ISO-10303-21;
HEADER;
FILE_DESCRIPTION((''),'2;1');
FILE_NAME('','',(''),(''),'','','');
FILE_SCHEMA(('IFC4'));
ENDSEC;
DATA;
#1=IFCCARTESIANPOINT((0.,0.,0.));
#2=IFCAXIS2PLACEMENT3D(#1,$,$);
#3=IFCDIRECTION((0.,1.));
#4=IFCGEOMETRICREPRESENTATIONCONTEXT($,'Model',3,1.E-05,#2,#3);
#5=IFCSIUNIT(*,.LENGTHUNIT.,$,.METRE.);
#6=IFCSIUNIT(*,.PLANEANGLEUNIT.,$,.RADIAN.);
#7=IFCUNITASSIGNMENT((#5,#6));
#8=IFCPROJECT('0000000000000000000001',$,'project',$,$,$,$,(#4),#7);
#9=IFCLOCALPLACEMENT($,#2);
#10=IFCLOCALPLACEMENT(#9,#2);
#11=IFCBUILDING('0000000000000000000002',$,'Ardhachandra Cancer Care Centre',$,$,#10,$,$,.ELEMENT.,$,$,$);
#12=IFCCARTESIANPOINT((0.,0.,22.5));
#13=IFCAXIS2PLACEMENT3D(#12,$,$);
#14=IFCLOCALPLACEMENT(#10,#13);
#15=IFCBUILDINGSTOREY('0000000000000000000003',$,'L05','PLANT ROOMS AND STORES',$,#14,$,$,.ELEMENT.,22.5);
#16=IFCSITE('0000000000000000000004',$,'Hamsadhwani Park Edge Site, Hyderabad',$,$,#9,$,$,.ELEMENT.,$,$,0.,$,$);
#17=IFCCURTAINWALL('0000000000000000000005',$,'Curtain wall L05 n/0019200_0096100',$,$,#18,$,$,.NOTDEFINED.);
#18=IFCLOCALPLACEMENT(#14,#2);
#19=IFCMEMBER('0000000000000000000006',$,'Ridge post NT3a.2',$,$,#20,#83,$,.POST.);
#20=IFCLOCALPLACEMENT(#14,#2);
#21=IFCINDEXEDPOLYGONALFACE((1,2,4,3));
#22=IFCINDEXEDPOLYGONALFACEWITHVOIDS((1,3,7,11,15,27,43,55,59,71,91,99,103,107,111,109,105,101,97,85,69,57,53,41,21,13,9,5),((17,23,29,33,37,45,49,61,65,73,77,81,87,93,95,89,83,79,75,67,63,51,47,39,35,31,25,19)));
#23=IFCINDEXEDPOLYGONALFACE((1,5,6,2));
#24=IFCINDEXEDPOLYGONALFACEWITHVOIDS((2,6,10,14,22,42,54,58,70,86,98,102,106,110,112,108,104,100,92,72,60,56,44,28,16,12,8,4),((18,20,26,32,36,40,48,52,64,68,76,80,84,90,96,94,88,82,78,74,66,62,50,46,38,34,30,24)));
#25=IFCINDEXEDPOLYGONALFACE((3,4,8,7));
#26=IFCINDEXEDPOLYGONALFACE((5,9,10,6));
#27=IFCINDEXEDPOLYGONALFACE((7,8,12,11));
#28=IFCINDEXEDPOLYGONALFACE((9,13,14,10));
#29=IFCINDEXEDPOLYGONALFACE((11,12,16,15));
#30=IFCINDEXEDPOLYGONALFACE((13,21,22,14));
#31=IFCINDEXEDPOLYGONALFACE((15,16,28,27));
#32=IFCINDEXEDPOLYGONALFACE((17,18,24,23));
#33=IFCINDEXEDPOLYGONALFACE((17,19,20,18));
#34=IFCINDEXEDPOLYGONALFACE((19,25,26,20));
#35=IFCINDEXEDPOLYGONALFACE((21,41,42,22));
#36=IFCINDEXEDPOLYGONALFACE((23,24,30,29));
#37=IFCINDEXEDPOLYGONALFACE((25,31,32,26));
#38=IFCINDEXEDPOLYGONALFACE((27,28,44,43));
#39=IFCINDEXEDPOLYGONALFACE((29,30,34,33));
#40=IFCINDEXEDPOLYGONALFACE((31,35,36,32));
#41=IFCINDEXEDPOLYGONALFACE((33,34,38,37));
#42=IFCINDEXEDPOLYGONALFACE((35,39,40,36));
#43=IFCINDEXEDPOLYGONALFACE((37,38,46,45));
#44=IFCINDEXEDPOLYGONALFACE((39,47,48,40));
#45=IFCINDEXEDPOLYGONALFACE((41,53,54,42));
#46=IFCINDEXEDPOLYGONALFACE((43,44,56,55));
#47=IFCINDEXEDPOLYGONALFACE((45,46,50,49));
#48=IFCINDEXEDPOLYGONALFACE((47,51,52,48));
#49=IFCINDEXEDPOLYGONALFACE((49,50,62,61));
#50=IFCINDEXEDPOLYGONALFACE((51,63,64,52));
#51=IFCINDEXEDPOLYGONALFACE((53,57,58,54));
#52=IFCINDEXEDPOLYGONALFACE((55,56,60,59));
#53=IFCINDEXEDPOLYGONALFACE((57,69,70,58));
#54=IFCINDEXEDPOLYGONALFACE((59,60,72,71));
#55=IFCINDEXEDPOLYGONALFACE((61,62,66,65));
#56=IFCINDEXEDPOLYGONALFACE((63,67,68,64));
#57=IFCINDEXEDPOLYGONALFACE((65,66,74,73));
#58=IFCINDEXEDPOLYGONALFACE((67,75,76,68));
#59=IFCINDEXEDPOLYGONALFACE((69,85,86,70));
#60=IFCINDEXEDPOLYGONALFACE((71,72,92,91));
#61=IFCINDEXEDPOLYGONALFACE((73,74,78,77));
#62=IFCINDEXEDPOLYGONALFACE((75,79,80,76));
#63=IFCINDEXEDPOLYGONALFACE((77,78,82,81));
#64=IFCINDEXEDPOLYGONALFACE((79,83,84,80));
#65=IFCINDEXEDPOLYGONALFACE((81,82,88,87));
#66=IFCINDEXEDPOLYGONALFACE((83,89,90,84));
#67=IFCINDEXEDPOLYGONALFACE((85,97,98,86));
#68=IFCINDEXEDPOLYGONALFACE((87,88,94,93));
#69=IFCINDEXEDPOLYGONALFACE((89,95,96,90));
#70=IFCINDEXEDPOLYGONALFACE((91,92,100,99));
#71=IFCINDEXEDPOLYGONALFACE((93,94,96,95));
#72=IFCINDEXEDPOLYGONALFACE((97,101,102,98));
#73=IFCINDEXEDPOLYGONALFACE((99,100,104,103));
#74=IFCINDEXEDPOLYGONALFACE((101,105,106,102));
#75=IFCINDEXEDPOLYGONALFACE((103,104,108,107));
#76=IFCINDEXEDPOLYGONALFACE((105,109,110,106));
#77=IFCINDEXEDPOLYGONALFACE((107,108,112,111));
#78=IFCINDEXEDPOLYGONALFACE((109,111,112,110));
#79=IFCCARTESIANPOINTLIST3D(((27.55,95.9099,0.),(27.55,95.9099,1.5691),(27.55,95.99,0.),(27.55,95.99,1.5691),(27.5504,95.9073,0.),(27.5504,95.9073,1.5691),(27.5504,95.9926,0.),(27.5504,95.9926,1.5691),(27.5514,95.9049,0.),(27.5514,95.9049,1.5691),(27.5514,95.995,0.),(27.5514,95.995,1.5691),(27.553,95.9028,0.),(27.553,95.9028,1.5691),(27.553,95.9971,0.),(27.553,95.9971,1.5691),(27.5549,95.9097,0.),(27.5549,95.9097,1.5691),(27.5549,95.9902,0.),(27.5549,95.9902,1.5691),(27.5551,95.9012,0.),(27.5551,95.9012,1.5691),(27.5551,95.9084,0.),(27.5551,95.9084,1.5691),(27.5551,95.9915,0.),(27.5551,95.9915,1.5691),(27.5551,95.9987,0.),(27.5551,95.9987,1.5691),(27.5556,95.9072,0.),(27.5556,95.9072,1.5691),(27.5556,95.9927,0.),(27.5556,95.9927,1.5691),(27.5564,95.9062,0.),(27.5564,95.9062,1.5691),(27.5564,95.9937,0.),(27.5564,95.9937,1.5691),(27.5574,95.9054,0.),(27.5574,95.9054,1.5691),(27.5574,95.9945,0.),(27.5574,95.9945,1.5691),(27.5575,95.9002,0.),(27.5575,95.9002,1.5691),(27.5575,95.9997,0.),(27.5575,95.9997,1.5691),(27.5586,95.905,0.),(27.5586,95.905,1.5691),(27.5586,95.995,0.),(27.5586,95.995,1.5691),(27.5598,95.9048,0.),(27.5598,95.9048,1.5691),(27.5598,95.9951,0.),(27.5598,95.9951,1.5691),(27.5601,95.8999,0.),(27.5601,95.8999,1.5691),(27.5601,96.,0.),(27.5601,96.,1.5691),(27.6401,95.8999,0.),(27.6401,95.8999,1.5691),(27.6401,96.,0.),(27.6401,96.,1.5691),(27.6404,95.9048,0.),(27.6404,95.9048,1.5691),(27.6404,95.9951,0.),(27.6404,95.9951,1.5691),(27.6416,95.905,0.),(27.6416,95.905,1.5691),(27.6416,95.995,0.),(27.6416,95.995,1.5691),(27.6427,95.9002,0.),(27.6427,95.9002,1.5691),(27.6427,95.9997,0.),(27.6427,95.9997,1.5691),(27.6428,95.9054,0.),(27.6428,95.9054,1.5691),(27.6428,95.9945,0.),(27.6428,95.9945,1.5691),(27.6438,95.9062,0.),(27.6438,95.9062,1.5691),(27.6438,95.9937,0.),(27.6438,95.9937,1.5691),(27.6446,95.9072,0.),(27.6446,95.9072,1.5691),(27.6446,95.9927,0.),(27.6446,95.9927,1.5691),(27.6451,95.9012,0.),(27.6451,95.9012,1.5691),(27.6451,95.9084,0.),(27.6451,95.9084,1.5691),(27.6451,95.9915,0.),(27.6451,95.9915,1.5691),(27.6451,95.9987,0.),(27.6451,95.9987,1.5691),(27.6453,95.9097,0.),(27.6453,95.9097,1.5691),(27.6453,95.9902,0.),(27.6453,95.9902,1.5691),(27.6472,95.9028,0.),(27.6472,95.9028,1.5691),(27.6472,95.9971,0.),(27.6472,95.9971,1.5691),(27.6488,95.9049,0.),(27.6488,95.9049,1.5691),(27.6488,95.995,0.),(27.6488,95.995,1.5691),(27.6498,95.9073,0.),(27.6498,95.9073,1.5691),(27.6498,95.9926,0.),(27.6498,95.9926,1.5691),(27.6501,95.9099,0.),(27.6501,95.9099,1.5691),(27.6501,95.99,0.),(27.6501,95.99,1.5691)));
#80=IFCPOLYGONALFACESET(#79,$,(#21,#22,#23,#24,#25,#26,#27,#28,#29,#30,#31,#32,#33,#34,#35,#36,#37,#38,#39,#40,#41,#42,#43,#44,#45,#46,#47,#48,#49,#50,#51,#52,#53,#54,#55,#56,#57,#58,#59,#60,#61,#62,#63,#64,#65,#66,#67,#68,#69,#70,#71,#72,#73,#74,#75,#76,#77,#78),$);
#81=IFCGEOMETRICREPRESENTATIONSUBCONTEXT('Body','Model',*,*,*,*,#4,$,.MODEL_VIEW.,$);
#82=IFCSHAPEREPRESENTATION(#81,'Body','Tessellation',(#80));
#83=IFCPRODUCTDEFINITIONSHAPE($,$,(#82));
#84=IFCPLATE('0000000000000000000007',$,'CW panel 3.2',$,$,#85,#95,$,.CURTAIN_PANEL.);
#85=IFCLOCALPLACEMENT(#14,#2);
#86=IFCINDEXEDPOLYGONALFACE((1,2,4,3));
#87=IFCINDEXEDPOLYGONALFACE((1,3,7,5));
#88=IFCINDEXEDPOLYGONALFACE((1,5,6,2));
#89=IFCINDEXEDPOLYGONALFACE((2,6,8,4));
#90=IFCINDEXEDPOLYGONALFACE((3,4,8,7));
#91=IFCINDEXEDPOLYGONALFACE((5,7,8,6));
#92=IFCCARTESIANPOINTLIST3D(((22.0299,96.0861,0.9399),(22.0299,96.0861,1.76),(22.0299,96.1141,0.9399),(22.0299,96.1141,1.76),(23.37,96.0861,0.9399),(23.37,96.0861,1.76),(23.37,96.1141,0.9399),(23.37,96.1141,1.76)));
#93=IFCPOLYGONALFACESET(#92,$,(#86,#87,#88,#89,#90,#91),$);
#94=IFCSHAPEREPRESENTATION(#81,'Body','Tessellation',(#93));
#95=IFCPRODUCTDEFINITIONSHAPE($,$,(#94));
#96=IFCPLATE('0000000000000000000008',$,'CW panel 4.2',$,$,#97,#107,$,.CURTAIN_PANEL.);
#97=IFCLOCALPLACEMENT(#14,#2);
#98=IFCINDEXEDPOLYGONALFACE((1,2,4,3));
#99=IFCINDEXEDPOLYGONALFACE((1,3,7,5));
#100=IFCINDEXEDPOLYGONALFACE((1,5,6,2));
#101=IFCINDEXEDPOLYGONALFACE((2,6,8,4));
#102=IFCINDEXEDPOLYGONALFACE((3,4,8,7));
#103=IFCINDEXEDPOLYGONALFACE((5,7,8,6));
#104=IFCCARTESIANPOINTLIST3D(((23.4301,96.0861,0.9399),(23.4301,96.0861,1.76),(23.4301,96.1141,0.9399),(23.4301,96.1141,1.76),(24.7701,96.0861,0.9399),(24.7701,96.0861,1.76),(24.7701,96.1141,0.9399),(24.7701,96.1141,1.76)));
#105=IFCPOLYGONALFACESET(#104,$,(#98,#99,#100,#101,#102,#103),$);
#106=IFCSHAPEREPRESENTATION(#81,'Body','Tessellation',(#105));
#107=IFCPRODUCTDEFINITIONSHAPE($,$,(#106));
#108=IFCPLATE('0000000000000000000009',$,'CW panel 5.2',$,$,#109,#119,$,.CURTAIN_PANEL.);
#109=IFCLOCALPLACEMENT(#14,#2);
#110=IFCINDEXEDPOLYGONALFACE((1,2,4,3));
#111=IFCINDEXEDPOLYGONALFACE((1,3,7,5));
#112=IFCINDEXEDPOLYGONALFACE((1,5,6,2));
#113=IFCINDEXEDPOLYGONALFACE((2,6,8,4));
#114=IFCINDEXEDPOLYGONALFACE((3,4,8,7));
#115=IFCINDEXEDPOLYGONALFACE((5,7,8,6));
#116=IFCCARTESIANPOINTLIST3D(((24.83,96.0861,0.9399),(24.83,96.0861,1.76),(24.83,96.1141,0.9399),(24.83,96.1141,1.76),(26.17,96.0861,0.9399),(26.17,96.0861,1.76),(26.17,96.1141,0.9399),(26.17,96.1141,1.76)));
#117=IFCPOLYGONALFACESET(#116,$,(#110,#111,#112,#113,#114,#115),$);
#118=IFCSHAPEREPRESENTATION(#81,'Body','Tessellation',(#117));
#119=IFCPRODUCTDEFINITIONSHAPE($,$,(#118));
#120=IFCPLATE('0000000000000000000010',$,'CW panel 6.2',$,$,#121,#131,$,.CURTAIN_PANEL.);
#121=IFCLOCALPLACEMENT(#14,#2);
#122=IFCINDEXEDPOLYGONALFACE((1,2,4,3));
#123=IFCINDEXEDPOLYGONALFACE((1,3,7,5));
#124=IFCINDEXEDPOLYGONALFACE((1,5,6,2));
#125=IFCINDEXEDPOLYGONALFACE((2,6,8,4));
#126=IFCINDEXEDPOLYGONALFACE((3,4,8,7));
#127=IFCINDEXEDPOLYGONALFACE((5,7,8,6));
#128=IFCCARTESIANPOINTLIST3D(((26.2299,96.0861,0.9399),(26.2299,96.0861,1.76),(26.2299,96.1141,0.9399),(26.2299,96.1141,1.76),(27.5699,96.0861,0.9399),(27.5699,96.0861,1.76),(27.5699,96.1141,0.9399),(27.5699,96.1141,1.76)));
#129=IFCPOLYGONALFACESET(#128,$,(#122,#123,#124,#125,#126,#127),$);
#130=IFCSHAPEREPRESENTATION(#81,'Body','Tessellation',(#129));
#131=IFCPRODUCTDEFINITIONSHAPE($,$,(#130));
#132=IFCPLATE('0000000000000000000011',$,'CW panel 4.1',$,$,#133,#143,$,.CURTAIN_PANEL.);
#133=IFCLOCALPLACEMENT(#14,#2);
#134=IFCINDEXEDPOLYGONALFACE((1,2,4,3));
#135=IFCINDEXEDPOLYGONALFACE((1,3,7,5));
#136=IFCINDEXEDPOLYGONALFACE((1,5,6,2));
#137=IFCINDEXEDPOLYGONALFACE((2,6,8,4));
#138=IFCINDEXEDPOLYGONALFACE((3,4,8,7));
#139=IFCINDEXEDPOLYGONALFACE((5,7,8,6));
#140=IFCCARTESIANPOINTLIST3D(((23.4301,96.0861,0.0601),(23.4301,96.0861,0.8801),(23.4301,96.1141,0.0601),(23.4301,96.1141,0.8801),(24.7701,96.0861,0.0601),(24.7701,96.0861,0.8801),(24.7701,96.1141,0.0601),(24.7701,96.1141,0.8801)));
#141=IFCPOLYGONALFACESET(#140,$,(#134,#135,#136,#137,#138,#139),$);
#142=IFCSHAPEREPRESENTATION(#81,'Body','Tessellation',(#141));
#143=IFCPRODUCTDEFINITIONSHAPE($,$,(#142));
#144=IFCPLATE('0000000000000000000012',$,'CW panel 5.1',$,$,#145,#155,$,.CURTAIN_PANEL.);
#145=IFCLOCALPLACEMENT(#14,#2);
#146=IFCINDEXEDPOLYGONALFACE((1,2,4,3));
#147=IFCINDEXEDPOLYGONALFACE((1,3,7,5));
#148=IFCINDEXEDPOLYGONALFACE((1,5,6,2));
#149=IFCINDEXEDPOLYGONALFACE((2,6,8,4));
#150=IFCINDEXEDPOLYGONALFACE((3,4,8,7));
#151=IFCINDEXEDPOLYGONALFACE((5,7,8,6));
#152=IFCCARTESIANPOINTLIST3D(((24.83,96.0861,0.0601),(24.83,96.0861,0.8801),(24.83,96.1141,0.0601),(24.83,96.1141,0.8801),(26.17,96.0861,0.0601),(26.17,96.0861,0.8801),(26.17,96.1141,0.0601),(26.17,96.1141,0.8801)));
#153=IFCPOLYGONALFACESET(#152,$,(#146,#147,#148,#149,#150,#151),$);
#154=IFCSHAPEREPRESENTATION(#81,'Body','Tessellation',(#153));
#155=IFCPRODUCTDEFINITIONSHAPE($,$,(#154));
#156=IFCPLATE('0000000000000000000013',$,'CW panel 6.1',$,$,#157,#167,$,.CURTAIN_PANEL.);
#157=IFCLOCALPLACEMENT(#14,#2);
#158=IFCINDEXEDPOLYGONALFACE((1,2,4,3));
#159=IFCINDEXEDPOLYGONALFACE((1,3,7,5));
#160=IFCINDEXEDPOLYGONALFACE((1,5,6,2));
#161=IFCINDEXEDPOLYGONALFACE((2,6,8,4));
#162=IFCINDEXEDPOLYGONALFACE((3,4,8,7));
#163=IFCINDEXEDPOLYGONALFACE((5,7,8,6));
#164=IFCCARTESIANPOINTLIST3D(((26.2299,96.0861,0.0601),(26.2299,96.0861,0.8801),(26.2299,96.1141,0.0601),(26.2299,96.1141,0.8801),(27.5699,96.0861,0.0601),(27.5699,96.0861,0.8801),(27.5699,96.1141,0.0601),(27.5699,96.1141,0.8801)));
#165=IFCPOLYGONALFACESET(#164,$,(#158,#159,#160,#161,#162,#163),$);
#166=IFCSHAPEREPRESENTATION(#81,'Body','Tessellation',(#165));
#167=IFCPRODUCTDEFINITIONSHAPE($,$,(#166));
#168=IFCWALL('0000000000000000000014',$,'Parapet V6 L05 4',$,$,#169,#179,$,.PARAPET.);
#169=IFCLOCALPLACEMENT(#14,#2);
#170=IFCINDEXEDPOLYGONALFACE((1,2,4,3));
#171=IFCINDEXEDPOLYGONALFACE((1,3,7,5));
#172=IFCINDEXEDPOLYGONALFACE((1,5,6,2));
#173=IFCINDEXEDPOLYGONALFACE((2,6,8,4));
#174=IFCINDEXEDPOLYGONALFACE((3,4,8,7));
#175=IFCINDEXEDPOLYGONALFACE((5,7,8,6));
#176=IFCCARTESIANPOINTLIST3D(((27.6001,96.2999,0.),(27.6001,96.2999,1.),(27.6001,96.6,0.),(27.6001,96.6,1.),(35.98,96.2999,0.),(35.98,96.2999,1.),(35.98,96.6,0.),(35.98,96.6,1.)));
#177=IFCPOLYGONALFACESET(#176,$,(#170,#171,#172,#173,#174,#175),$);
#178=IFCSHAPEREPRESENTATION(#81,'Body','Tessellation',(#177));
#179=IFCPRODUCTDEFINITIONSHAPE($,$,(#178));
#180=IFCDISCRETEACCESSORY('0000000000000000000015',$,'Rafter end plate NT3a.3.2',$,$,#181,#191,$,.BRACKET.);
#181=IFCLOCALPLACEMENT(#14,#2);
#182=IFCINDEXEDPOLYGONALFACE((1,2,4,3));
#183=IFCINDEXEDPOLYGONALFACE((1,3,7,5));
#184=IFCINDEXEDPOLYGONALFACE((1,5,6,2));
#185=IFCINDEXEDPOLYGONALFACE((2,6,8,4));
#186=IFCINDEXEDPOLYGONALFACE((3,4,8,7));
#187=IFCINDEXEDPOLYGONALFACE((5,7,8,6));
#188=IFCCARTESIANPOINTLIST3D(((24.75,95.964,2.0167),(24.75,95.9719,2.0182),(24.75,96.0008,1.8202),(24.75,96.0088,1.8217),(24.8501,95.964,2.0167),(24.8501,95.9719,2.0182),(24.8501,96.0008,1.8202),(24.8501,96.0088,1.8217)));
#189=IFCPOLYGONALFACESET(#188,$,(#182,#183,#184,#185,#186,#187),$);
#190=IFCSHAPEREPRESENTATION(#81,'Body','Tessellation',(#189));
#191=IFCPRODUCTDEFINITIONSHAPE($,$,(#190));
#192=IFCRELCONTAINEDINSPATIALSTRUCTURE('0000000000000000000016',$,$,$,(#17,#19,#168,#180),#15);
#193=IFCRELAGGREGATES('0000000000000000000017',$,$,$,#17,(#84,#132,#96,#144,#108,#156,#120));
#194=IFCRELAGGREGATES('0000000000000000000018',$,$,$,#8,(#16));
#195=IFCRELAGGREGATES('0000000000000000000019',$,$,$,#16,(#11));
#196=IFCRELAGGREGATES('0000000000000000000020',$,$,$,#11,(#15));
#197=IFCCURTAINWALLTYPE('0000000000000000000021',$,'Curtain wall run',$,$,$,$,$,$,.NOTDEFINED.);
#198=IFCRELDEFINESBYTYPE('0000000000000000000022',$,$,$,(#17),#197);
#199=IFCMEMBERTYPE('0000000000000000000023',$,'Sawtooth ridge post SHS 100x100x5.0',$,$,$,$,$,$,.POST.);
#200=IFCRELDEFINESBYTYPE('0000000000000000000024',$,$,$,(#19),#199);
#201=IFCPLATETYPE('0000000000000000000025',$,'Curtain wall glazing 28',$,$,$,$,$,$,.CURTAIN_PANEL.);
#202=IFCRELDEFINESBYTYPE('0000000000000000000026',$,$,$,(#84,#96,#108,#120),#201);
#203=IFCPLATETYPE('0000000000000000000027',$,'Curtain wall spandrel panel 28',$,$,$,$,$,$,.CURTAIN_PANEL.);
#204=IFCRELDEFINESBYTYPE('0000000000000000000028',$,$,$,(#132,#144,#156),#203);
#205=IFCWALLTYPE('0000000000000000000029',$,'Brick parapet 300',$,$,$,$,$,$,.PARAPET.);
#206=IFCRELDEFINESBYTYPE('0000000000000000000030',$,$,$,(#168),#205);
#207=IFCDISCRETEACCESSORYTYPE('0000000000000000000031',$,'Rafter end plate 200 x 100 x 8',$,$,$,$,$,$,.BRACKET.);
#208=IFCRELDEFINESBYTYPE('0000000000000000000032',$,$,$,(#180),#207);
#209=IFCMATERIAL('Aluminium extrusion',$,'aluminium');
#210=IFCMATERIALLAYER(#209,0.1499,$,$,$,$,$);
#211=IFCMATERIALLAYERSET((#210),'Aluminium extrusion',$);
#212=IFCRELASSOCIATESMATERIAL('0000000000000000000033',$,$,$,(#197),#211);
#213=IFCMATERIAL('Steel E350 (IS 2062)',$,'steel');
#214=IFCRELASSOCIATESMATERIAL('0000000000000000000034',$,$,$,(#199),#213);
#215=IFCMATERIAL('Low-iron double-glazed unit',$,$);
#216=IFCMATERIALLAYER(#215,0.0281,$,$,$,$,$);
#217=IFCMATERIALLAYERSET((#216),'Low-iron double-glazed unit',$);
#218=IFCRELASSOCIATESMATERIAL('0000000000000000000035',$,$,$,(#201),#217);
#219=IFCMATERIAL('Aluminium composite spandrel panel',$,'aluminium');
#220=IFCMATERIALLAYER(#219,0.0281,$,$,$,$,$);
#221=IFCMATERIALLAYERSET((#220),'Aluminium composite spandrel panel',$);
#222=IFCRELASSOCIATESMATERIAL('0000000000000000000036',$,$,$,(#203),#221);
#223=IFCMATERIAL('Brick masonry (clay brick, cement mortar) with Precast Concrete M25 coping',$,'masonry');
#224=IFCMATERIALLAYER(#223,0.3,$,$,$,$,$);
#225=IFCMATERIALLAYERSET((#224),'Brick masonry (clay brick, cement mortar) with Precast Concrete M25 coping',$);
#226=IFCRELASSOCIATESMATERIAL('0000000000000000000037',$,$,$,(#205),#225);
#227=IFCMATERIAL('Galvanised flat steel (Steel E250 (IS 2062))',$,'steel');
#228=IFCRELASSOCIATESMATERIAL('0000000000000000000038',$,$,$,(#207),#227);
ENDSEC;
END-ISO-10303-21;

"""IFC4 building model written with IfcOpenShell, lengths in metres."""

from ifc_helpers import new_model, si_unit, direction, frame, frame_2d, origin, origin_2d, place, context, subcontext, project, spatial, rectangle, hollow_rectangle, extrude, material, layer, layer_set, material_profile, profile_set, type_object, element, aggregate, save


model = new_model("IFC4")

# Units and contexts
model_context = context("Model", 3, precision=1e-05, world=origin(), true_north=direction((0.0, 1.0)))
body_context = subcontext(model_context, "Body", "Model", "MODEL_VIEW")
ifc_project = project(units=[si_unit("LENGTHUNIT", "METRE"), si_unit("PLANEANGLEUNIT", "RADIAN")], contexts=[model_context])

# Site, building, storey
site_placement = place(None, origin())
site = spatial("IfcSite", under=ifc_project, at=site_placement, Name="Hamsadhwani Park Edge Site, Hyderabad", CompositionType="ELEMENT", RefElevation=0.0)
building_placement = place(site_placement, origin())
building = spatial("IfcBuilding", under=site, at=building_placement, Name="Ardhachandra Cancer Care Centre", CompositionType="ELEMENT")
storey_placement = place(building_placement, frame((0.0, 0.0, 22.5)))
storey = spatial("IfcBuildingStorey", under=building, at=storey_placement, Name="L05", Description="PLANT ROOMS AND STORES", CompositionType="ELEMENT", Elevation=22.5)

# Curtain wall
ifc_material_1 = material(Name="Aluminium extrusion", Category="aluminium")
ifc_layer_1 = layer(ifc_material_1, 0.1499)
ifc_layer_set_1 = layer_set([ifc_layer_1], Name="Aluminium extrusion")
curtain_wall_type = type_object("IfcCurtainWallType", Name="Curtain wall run", PredefinedType="NOTDEFINED", material=ifc_layer_set_1)
curtain_wall_placement = place(storey_placement, origin())
curtain_wall = element("IfcCurtainWall", 1, at=curtain_wall_placement, inside=storey, type_object=curtain_wall_type, Name="Curtain wall L05 n/0019200_0096100", PredefinedType="NOTDEFINED")

# Member
ifc_material_2 = material(Name="Steel E350 (IS 2062)", Category="steel")
ifc_material_profile_1 = material_profile(ifc_material_2, hollow_rectangle(XDim=0.1001, YDim=0.1001, WallThickness=0.0049, InnerFilletRadius=0.0049, OuterFilletRadius=0.01, at=origin_2d()), Name="SHS 100x100x5.0")
ifc_profile_set_1 = profile_set([ifc_material_profile_1], Name="Steel E350 (IS 2062)")
member_type_1 = type_object("IfcMemberType", Name="Sawtooth ridge post SHS 100x100x5.0", PredefinedType="POST", material=ifc_profile_set_1)
member_1_placement = place(storey_placement, frame((27.6001, 95.95, 0.0), z_axis=(0.0, 0.0, 1.0), x_axis=(1.0, 0.0, 0.0)))
element("IfcMember", 2, at=member_1_placement, inside=storey, type_object=member_type_1, Name="Ridge post NT3a.2", PredefinedType="POST", context=body_context, shape_type="SweptSolid", body=[
    extrude(hollow_rectangle(XDim=0.1001, YDim=0.1001, WallThickness=0.0049, InnerFilletRadius=0.0049, OuterFilletRadius=0.01, at=origin_2d()), origin(), (0.0, 0.0, 1.0), 1.5691),
])

# Plates
ifc_material_3 = material(Name="Low-iron double-glazed unit")
ifc_layer_2 = layer(ifc_material_3, 0.0281)
ifc_layer_set_2 = layer_set([ifc_layer_2], Name="Low-iron double-glazed unit")
plate_type_1 = type_object("IfcPlateType", Name="Curtain wall glazing 28", PredefinedType="CURTAIN_PANEL", material=ifc_layer_set_2)
plate_1_placement = place(storey_placement, frame((22.7, 96.1001, 0.9399), z_axis=(0.0, 0.0, 1.0), x_axis=(1.0, 0.0, 0.0)))
plate_1 = element("IfcPlate", 3, at=plate_1_placement, type_object=plate_type_1, Name="CW panel 3.2", PredefinedType="CURTAIN_PANEL", context=body_context, shape_type="SweptSolid", body=[
    extrude(rectangle(XDim=1.3401, YDim=0.0281, at=origin_2d()), origin(), (0.0, 0.0, 1.0), 0.8201),
])
plate_2_placement = place(storey_placement, frame((24.1001, 96.1001, 0.9399), z_axis=(0.0, 0.0, 1.0), x_axis=(1.0, 0.0, 0.0)))
plate_2 = element("IfcPlate", 4, at=plate_2_placement, type_object=plate_type_1, Name="CW panel 4.2", PredefinedType="CURTAIN_PANEL", context=body_context, shape_type="SweptSolid", body=[
    extrude(rectangle(XDim=1.3401, YDim=0.0281, at=origin_2d()), origin(), (0.0, 0.0, 1.0), 0.8201),
])
plate_3_placement = place(storey_placement, frame((25.5, 96.1001, 0.9399), z_axis=(0.0, 0.0, 1.0), x_axis=(1.0, 0.0, 0.0)))
plate_3 = element("IfcPlate", 5, at=plate_3_placement, type_object=plate_type_1, Name="CW panel 5.2", PredefinedType="CURTAIN_PANEL", context=body_context, shape_type="SweptSolid", body=[
    extrude(rectangle(XDim=1.3401, YDim=0.0281, at=origin_2d()), origin(), (0.0, 0.0, 1.0), 0.8201),
])
plate_4_placement = place(storey_placement, frame((26.8999, 96.1001, 0.9399), z_axis=(0.0, 0.0, 1.0), x_axis=(1.0, 0.0, 0.0)))
plate_4 = element("IfcPlate", 6, at=plate_4_placement, type_object=plate_type_1, Name="CW panel 6.2", PredefinedType="CURTAIN_PANEL", context=body_context, shape_type="SweptSolid", body=[
    extrude(rectangle(XDim=1.3401, YDim=0.0281, at=origin_2d()), origin(), (0.0, 0.0, 1.0), 0.8201),
])
ifc_material_4 = material(Name="Aluminium composite spandrel panel", Category="aluminium")
ifc_layer_3 = layer(ifc_material_4, 0.0281)
ifc_layer_set_3 = layer_set([ifc_layer_3], Name="Aluminium composite spandrel panel")
plate_type_2 = type_object("IfcPlateType", Name="Curtain wall spandrel panel 28", PredefinedType="CURTAIN_PANEL", material=ifc_layer_set_3)
plate_5_placement = place(storey_placement, frame((24.1001, 96.1001, 0.0601), z_axis=(0.0, 0.0, 1.0), x_axis=(1.0, 0.0, 0.0)))
plate_5 = element("IfcPlate", 7, at=plate_5_placement, type_object=plate_type_2, Name="CW panel 4.1", PredefinedType="CURTAIN_PANEL", context=body_context, shape_type="SweptSolid", body=[
    extrude(rectangle(XDim=1.3401, YDim=0.0281, at=origin_2d()), origin(), (0.0, 0.0, 1.0), 0.8201),
])
plate_6_placement = place(storey_placement, frame((25.5, 96.1001, 0.0601), z_axis=(0.0, 0.0, 1.0), x_axis=(1.0, 0.0, 0.0)))
plate_6 = element("IfcPlate", 8, at=plate_6_placement, type_object=plate_type_2, Name="CW panel 5.1", PredefinedType="CURTAIN_PANEL", context=body_context, shape_type="SweptSolid", body=[
    extrude(rectangle(XDim=1.3401, YDim=0.0281, at=origin_2d()), origin(), (0.0, 0.0, 1.0), 0.8201),
])
plate_7_placement = place(storey_placement, frame((26.8999, 96.1001, 0.0601), z_axis=(0.0, 0.0, 1.0), x_axis=(1.0, 0.0, 0.0)))
plate_7 = element("IfcPlate", 9, at=plate_7_placement, type_object=plate_type_2, Name="CW panel 6.1", PredefinedType="CURTAIN_PANEL", context=body_context, shape_type="SweptSolid", body=[
    extrude(rectangle(XDim=1.3401, YDim=0.0281, at=origin_2d()), origin(), (0.0, 0.0, 1.0), 0.8201),
])
aggregate(curtain_wall, [plate_1, plate_5, plate_2, plate_6, plate_3, plate_7, plate_4])

# Wall
ifc_material_5 = material(Name="Brick masonry (clay brick, cement mortar) with Precast Concrete M25 coping", Category="masonry")
ifc_layer_4 = layer(ifc_material_5, 0.3)
ifc_layer_set_4 = layer_set([ifc_layer_4], Name="Brick masonry (clay brick, cement mortar) with Precast Concrete M25 coping")
wall_type = type_object("IfcWallType", Name="Brick parapet 300", PredefinedType="PARAPET", material=ifc_layer_set_4)
wall_placement = place(storey_placement, frame((27.6001, 96.45, 0.0), z_axis=(0.0, 0.0, 1.0), x_axis=(1.0, 0.0, 0.0)))
element("IfcWall", 10, at=wall_placement, inside=storey, type_object=wall_type, Name="Parapet V6 L05 4", PredefinedType="PARAPET", context=body_context, shape_type="SweptSolid", body=[
    extrude(rectangle(XDim=8.3799, YDim=0.3, at=frame_2d((4.1899, 0.0))), origin(), (0.0, 0.0, 1.0), 1.0),
])

# Discrete accessory
ifc_material_6 = material(Name="Galvanised flat steel (Steel E250 (IS 2062))", Category="steel")
ifc_material_profile_2 = material_profile(ifc_material_6, rectangle(XDim=0.1001, YDim=0.2, at=origin_2d()), Name="Rafter end plate 200 x 100 x 8")
ifc_profile_set_2 = profile_set([ifc_material_profile_2], Name="Galvanised flat steel (Steel E250 (IS 2062))")
discrete_accessory_type_1 = type_object("IfcDiscreteAccessoryType", Name="Rafter end plate 200 x 100 x 8", PredefinedType="BRACKET", material=ifc_profile_set_2)
for number, where, z_axis, x_axis, name in (
    (11, (24.8, 95.9824, 1.9185), (0.0, 0.982872, 0.184289), (-1.0, 0.0, 0.0), "Rafter end plate NT3a.3.2"),
):
    element("IfcDiscreteAccessory", number, at=place(storey_placement, frame(where, z_axis=z_axis, x_axis=x_axis)), inside=storey, type_object=discrete_accessory_type_1, Name=name, PredefinedType="BRACKET", context=body_context, shape_type="SweptSolid", body=[
        extrude(rectangle(XDim=0.1001, YDim=0.2, at=origin_2d()), origin(), (0.0, 0.0, 1.0), 0.0081),
    ])

save(model, "model.ifc")
